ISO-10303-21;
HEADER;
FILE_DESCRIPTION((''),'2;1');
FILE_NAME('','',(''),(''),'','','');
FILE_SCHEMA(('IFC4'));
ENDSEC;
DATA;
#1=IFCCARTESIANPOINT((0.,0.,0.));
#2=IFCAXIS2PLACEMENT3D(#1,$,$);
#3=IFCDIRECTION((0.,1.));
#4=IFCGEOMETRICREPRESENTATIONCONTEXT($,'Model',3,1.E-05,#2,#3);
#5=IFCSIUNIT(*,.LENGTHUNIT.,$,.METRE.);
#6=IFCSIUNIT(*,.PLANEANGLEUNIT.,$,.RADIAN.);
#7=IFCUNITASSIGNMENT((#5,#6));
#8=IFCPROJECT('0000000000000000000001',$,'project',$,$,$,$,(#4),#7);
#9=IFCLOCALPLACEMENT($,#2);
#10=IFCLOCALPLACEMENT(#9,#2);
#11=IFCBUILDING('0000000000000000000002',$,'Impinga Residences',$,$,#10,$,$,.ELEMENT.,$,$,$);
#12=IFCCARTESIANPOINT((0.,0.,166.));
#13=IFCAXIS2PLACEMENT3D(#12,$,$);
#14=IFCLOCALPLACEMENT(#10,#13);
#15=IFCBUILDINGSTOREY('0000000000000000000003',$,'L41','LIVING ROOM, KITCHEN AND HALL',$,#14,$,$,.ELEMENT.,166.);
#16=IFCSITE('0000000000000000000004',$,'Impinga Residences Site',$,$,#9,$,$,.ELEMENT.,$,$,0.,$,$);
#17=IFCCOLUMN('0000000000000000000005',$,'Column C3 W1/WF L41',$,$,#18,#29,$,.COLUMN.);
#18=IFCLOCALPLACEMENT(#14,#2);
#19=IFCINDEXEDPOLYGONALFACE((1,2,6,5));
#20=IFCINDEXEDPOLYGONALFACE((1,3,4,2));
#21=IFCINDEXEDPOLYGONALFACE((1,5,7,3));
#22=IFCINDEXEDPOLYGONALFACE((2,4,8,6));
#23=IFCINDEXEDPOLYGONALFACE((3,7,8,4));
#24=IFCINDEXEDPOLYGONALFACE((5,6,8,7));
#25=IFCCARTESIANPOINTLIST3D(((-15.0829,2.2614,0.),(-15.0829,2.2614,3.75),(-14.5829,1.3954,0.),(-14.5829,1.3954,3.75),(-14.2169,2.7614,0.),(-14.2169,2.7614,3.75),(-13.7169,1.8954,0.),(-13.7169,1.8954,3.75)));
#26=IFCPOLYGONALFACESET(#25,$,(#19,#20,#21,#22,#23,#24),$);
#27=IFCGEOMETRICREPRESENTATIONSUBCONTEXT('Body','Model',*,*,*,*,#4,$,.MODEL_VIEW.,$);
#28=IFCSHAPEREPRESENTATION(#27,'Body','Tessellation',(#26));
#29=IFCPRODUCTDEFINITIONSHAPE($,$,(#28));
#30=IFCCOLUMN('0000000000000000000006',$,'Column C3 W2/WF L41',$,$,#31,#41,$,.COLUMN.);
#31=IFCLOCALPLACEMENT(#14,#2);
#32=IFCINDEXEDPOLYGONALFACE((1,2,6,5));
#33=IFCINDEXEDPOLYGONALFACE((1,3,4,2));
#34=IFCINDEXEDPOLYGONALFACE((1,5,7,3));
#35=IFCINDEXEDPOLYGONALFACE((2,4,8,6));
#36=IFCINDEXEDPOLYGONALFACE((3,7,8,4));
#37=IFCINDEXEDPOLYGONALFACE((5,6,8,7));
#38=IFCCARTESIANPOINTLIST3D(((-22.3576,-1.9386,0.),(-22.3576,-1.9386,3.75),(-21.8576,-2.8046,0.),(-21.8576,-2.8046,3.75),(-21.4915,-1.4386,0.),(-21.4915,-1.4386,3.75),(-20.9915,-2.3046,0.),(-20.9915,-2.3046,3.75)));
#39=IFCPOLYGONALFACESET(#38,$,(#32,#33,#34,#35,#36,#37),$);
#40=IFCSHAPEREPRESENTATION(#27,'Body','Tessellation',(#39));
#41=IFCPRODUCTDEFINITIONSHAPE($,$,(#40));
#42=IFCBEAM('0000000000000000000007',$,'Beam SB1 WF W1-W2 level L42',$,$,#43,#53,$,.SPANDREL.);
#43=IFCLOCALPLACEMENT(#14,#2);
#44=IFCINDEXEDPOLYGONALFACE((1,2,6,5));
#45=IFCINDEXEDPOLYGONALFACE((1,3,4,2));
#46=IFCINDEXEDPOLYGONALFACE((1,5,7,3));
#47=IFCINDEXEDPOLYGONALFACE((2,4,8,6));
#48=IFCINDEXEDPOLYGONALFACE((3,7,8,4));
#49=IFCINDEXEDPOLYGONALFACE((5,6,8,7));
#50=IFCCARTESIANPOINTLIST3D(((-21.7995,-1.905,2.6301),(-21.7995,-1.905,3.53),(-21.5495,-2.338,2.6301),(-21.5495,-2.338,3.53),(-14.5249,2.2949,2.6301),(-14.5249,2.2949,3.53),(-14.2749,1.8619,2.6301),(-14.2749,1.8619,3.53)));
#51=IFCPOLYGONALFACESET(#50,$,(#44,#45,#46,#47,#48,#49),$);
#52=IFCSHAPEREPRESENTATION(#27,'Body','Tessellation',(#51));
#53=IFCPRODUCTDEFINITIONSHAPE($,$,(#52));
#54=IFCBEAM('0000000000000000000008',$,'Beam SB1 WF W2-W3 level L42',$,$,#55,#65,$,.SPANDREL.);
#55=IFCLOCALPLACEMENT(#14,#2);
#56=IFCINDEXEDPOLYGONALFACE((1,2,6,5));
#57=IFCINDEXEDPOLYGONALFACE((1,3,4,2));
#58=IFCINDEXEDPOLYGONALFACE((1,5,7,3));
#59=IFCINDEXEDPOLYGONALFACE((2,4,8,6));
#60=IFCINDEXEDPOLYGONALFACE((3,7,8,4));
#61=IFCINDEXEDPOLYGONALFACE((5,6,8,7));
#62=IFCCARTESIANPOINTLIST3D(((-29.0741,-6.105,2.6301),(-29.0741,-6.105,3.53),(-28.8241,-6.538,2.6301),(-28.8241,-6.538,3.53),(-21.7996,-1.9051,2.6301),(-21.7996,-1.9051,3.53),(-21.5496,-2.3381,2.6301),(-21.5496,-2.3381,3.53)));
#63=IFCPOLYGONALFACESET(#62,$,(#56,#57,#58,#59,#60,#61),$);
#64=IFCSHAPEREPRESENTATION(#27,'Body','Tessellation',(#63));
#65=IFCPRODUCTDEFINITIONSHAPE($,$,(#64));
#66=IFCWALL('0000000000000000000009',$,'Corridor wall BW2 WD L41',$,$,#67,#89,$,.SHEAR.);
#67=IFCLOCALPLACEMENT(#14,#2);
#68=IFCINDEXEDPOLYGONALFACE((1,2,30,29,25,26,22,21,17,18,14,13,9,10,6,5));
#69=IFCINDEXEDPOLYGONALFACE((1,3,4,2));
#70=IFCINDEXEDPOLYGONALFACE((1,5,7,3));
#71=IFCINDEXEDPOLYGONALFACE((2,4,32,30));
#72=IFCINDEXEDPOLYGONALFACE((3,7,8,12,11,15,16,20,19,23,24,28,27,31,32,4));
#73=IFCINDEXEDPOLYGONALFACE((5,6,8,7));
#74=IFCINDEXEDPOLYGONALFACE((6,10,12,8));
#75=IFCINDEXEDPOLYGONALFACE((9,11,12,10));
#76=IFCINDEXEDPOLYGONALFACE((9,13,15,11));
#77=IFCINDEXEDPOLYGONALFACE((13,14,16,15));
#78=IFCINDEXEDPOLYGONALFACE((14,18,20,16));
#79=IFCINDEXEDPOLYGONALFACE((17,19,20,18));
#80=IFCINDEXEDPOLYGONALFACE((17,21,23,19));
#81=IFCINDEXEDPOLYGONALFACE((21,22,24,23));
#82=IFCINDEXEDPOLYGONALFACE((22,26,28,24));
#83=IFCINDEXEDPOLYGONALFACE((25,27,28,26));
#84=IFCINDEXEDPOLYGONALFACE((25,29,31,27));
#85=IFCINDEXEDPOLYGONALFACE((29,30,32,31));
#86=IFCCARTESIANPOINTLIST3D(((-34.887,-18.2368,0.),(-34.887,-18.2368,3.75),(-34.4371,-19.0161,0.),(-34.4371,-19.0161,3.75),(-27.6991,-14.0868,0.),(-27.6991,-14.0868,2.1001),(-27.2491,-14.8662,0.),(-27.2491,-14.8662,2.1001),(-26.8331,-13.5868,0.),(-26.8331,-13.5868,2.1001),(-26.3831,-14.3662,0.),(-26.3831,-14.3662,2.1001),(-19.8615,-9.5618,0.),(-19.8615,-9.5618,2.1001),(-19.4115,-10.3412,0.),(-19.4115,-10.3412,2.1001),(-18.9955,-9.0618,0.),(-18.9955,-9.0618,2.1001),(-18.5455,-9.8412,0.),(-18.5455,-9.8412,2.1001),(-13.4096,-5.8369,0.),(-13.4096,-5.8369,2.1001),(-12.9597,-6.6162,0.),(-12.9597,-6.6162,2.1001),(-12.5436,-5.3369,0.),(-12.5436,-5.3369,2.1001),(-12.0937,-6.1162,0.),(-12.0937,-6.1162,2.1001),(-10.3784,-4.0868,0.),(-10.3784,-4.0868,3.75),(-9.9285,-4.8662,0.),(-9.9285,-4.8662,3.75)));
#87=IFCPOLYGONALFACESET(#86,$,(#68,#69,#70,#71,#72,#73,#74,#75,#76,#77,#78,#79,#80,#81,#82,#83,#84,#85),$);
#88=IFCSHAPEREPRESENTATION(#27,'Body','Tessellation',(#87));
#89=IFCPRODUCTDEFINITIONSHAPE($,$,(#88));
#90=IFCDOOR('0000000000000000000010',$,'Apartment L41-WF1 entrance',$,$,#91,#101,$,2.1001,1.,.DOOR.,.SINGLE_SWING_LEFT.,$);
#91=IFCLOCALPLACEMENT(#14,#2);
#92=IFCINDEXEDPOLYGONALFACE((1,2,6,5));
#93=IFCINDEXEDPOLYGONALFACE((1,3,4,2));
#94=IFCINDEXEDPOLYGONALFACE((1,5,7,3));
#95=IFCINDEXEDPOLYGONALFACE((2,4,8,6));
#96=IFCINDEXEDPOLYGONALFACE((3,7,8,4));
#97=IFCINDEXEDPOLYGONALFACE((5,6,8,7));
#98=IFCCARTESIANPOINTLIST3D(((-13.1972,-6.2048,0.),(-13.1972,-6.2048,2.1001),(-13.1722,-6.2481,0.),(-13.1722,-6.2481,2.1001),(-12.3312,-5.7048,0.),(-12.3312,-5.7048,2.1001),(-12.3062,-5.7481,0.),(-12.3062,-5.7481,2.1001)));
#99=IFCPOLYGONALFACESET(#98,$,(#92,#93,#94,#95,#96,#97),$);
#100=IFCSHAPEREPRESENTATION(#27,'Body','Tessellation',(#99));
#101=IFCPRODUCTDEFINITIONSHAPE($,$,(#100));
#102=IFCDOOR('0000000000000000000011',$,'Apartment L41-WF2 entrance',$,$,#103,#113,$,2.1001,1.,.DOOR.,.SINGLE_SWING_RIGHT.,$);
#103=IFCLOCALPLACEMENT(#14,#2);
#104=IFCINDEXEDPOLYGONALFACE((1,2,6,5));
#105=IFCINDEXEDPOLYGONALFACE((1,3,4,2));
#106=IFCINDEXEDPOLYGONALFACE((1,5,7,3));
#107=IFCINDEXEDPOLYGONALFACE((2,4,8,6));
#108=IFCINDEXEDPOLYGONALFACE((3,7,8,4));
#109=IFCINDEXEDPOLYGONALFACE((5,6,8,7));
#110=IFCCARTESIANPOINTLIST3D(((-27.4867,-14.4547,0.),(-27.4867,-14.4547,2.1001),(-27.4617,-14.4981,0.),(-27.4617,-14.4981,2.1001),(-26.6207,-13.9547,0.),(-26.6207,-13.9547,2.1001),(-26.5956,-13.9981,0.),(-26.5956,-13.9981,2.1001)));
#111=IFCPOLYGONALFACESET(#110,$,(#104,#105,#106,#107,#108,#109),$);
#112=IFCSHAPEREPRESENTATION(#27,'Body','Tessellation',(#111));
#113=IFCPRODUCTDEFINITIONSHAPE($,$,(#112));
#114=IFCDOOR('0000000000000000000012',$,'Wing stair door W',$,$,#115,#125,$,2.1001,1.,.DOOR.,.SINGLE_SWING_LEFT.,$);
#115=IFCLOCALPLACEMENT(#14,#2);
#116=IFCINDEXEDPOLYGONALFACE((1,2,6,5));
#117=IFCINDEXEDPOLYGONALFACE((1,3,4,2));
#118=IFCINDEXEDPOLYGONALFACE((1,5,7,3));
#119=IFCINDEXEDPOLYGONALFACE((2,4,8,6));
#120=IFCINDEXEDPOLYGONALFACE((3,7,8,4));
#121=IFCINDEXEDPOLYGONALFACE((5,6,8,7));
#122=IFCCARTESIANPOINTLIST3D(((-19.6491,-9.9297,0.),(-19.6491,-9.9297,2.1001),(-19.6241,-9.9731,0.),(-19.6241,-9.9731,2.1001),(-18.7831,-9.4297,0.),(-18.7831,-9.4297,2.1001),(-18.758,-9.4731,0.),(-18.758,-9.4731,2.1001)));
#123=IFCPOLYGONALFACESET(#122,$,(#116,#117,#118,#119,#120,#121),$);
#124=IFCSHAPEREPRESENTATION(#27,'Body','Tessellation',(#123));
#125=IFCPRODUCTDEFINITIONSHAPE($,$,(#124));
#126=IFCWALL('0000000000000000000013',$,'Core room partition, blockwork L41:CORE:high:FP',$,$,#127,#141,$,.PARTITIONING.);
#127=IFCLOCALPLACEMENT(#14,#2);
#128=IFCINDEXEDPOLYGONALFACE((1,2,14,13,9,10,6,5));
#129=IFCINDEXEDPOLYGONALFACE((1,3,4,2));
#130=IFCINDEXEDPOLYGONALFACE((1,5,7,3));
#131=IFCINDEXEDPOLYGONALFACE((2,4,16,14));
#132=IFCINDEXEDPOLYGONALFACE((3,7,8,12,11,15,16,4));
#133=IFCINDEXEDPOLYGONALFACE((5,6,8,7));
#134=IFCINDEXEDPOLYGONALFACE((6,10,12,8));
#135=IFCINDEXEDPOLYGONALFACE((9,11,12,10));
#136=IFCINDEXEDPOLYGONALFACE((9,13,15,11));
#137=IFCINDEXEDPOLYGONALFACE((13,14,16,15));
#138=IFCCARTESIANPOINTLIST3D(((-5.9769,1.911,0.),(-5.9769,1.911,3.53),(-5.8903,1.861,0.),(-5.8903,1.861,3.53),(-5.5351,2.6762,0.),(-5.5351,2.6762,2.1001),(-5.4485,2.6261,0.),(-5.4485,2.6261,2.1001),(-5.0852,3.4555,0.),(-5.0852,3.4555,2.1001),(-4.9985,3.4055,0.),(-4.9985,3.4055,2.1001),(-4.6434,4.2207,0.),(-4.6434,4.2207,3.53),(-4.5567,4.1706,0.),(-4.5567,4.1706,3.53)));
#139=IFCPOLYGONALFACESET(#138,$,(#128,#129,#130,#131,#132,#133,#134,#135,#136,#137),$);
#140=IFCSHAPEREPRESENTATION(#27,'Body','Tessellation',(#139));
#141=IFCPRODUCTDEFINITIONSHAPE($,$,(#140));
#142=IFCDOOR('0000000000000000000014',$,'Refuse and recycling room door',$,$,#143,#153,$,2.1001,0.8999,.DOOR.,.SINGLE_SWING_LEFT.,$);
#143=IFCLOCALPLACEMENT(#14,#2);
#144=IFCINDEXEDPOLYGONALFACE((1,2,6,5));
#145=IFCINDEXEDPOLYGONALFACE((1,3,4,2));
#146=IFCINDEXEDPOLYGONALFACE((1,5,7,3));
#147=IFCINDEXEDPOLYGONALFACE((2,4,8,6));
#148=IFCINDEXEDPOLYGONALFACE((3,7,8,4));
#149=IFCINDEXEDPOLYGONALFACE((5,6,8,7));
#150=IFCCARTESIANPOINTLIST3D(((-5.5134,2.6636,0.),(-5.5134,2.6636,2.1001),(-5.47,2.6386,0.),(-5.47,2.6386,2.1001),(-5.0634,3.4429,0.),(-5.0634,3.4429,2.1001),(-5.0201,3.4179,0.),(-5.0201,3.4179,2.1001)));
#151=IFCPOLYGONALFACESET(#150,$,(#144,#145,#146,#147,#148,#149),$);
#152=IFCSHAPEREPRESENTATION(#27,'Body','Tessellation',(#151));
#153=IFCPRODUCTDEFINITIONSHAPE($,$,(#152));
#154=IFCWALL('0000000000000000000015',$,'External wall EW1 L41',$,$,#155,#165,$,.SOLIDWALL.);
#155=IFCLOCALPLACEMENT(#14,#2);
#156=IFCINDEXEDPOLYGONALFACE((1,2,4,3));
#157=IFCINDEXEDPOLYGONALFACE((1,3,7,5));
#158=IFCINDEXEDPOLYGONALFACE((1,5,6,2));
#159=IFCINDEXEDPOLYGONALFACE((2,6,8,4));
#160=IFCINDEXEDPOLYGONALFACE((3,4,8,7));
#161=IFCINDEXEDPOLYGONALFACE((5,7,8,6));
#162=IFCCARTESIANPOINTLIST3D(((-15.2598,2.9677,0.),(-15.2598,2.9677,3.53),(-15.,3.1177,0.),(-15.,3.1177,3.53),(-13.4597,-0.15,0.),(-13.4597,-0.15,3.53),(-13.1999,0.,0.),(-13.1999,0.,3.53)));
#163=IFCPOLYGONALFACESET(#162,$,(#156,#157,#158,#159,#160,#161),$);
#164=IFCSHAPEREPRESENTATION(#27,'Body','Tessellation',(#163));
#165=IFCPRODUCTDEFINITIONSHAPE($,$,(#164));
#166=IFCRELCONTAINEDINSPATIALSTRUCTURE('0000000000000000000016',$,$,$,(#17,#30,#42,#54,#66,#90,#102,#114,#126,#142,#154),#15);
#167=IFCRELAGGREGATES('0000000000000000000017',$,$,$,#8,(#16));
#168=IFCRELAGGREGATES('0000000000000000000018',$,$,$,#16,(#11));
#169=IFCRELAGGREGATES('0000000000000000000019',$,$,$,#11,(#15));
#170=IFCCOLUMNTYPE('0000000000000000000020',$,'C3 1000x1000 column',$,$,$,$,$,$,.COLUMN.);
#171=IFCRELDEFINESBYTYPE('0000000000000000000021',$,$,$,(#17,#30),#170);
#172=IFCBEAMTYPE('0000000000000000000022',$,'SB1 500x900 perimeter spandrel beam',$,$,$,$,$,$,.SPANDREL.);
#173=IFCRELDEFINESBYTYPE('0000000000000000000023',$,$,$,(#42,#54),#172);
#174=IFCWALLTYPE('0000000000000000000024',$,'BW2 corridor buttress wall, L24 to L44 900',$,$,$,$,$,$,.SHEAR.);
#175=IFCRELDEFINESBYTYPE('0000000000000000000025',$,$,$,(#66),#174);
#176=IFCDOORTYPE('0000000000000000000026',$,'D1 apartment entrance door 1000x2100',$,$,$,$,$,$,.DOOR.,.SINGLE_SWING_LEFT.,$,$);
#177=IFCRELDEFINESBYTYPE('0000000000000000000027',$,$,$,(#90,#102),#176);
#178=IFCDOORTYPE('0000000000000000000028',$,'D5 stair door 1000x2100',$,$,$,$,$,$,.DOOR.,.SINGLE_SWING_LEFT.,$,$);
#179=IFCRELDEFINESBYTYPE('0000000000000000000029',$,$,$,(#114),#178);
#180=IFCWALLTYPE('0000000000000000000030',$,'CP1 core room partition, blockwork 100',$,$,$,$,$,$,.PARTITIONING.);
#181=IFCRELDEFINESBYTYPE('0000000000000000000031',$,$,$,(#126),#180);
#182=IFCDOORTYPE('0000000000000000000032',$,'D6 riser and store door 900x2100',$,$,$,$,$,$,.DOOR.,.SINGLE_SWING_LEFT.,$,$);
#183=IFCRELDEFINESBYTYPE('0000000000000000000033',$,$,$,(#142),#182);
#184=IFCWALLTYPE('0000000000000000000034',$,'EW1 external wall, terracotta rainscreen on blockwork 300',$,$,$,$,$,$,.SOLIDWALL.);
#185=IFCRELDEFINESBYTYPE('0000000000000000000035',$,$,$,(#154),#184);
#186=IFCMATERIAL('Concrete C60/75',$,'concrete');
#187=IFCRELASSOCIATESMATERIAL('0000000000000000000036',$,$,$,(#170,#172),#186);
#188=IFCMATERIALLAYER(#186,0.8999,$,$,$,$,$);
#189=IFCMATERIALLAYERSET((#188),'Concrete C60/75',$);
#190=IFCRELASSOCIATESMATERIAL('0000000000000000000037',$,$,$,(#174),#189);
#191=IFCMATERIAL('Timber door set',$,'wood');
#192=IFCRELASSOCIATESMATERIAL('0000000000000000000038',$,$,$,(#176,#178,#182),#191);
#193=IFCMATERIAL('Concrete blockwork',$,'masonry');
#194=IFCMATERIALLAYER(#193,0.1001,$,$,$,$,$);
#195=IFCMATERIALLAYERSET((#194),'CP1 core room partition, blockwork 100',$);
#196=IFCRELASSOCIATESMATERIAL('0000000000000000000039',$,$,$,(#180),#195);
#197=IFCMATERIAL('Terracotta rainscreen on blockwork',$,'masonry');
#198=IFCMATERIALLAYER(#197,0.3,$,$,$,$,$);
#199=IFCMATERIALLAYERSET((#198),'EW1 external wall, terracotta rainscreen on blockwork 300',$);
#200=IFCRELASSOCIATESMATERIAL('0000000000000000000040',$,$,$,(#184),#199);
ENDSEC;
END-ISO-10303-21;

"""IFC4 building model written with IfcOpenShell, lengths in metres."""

from ifc_helpers import new_model, si_unit, direction, frame, frame_2d, origin, origin_2d, place, context, subcontext, project, spatial, rectangle, extrude, material, layer, layer_set, material_profile, profile_set, type_object, element, fill, save


model = new_model("IFC4")

# Units and contexts
model_context = context("Model", 3, precision=1e-05, world=origin(), true_north=direction((0.0, 1.0)))
body_context = subcontext(model_context, "Body", "Model", "MODEL_VIEW")
ifc_project = project(units=[si_unit("LENGTHUNIT", "METRE"), si_unit("PLANEANGLEUNIT", "RADIAN")], contexts=[model_context])

# Site, building, storey
site_placement = place(None, origin())
site = spatial("IfcSite", under=ifc_project, at=site_placement, Name="Impinga Residences Site", CompositionType="ELEMENT", RefElevation=0.0)
building_placement = place(site_placement, origin())
building = spatial("IfcBuilding", under=site, at=building_placement, Name="Impinga Residences", CompositionType="ELEMENT")
storey_placement = place(building_placement, frame((0.0, 0.0, 166.0)))
storey = spatial("IfcBuildingStorey", under=building, at=storey_placement, Name="L41", Description="LIVING ROOM, KITCHEN AND HALL", CompositionType="ELEMENT", Elevation=166.0)

# Columns
ifc_material_1 = material(Name="Concrete C60/75", Category="concrete")
ifc_material_profile_1 = material_profile(ifc_material_1, rectangle(XDim=1.0, YDim=1.0, at=origin_2d()), Name="RC 1000x1000")
ifc_profile_set_1 = profile_set([ifc_material_profile_1], Name="Concrete C60/75")
column_type = type_object("IfcColumnType", Name="C3 1000x1000 column", PredefinedType="COLUMN", material=ifc_profile_set_1)
for number, where, z_axis, x_axis, name in (
    (1, (-14.3999, 2.0784, 0.0), (0.0, 0.0, 1.0), (-0.5, 0.866025, 0.0), "Column C3 W1/WF L41"),
    (2, (-21.6746, -2.1216, 0.0), (0.0, 0.0, 1.0), (-0.5, 0.866025, 0.0), "Column C3 W2/WF L41"),
):
    element("IfcColumn", number, at=place(storey_placement, frame(where, z_axis=z_axis, x_axis=x_axis)), inside=storey, type_object=column_type, Name=name, PredefinedType="COLUMN", context=body_context, shape_type="SweptSolid", body=[
        extrude(rectangle(XDim=1.0, YDim=1.0, at=origin_2d()), origin(), (0.0, 0.0, 1.0), 3.75),
    ])

# Beams
ifc_material_profile_2 = material_profile(ifc_material_1, rectangle(XDim=0.5, YDim=0.8999, at=origin_2d()), Name="RC 500x900")
ifc_profile_set_2 = profile_set([ifc_material_profile_2], Name="Concrete C60/75")
beam_type = type_object("IfcBeamType", Name="SB1 500x900 perimeter spandrel beam", PredefinedType="SPANDREL", material=ifc_profile_set_2)
for number, where, z_axis, x_axis, name in (
    (3, (-14.3999, 2.0784, 3.0801), (-0.866029, -0.499993, 0.0), (0.499993, -0.866029, 0.0), "Beam SB1 WF W1-W2 level L42"),
    (4, (-21.6746, -2.1216, 3.0801), (-0.866029, -0.499993, 0.0), (0.499993, -0.866029, 0.0), "Beam SB1 WF W2-W3 level L42"),
):
    element("IfcBeam", number, at=place(storey_placement, frame(where, z_axis=z_axis, x_axis=x_axis)), inside=storey, type_object=beam_type, Name=name, PredefinedType="SPANDREL", context=body_context, shape_type="SweptSolid", body=[
        extrude(rectangle(XDim=0.5, YDim=0.8999, at=origin_2d()), origin(), (0.0, 0.0, 1.0), 8.3999),
    ])

# Wall, openings, doors
ifc_layer_1 = layer(ifc_material_1, 0.8999)
ifc_layer_set_1 = layer_set([ifc_layer_1], Name="Concrete C60/75")
wall_type_1 = type_object("IfcWallType", Name="BW2 corridor buttress wall, L24 to L44 900", PredefinedType="SHEAR", material=ifc_layer_set_1)
wall_1_placement = place(storey_placement, frame((-10.1536, -4.4766, 0.0), z_axis=(0.0, 0.0, 1.0), x_axis=(-0.866027, -0.499997, 0.0)))
wall_1 = element("IfcWall", 5, at=wall_1_placement, inside=storey, type_object=wall_type_1, Name="Corridor wall BW2 WD L41", PredefinedType="SHEAR", context=body_context, shape_type="SweptSolid", body=[
    extrude(rectangle(XDim=28.3, YDim=0.8999, at=frame_2d((14.1499, 0.0))), origin(), (0.0, 0.0, 1.0), 3.75),
])
opening_1_placement = place(wall_1_placement, frame((9.95, 0.0, 0.0)))
opening_1 = element("IfcOpeningElement", 6, at=opening_1_placement, cuts=wall_1, PredefinedType="OPENING", context=body_context, shape_type="SweptSolid", body=[
    extrude(rectangle(XDim=1.0, YDim=2.1001, at=frame_2d((0.5, 1.05))), frame((0.0, 0.46, 0.0), z_axis=(0.0, -1.0, 0.0), x_axis=(1.0, 0.0, 0.0)), (0.0, 0.0, 1.0), 0.9199),
])
opening_2_placement = place(wall_1_placement, frame((2.5, 0.0, 0.0)))
opening_2 = element("IfcOpeningElement", 7, at=opening_2_placement, cuts=wall_1, PredefinedType="OPENING", context=body_context, shape_type="SweptSolid", body=[
    extrude(rectangle(XDim=1.0, YDim=2.1001, at=frame_2d((0.5, 1.05))), frame((0.0, 0.46, 0.0), z_axis=(0.0, -1.0, 0.0), x_axis=(1.0, 0.0, 0.0)), (0.0, 0.0, 1.0), 0.9199),
])
opening_3_placement = place(wall_1_placement, frame((19.0, 0.0, 0.0)))
opening_3 = element("IfcOpeningElement", 8, at=opening_3_placement, cuts=wall_1, PredefinedType="OPENING", context=body_context, shape_type="SweptSolid", body=[
    extrude(rectangle(XDim=1.0, YDim=2.1001, at=frame_2d((0.5, 1.05))), frame((0.0, 0.46, 0.0), z_axis=(0.0, -1.0, 0.0), x_axis=(1.0, 0.0, 0.0)), (0.0, 0.0, 1.0), 0.9199),
])
ifc_material_2 = material(Name="Timber door set", Category="wood")
door_type_1 = type_object("IfcDoorType", Name="D1 apartment entrance door 1000x2100", OperationType="SINGLE_SWING_LEFT", PredefinedType="DOOR", material=ifc_material_2)
door_1_placement = place(opening_2_placement, origin())
door_1 = element("IfcDoor", 9, at=door_1_placement, inside=storey, type_object=door_type_1, Name="Apartment L41-WF1 entrance", OperationType="SINGLE_SWING_LEFT", OverallHeight=2.1001, OverallWidth=1.0, PredefinedType="DOOR", context=body_context, shape_type="SweptSolid", body=[
    extrude(rectangle(XDim=1.0, YDim=2.1001, at=frame_2d((0.5, 1.05))), frame((0.0, 0.0249, 0.0), z_axis=(0.0, -1.0, 0.0), x_axis=(1.0, 0.0, 0.0)), (0.0, 0.0, 1.0), 0.05),
])
fill(opening_2, door_1)
door_2_placement = place(opening_3_placement, origin())
door_2 = element("IfcDoor", 10, at=door_2_placement, inside=storey, type_object=door_type_1, Name="Apartment L41-WF2 entrance", OperationType="SINGLE_SWING_RIGHT", OverallHeight=2.1001, OverallWidth=1.0, PredefinedType="DOOR", context=body_context, shape_type="SweptSolid", body=[
    extrude(rectangle(XDim=1.0, YDim=2.1001, at=frame_2d((0.5, 1.05))), frame((0.0, 0.0249, 0.0), z_axis=(0.0, -1.0, 0.0), x_axis=(1.0, 0.0, 0.0)), (0.0, 0.0, 1.0), 0.05),
])
fill(opening_3, door_2)
door_type_2 = type_object("IfcDoorType", Name="D5 stair door 1000x2100", OperationType="SINGLE_SWING_LEFT", PredefinedType="DOOR", material=ifc_material_2)
door_3_placement = place(opening_1_placement, origin())
door_3 = element("IfcDoor", 11, at=door_3_placement, inside=storey, type_object=door_type_2, Name="Wing stair door W", OperationType="SINGLE_SWING_LEFT", OverallHeight=2.1001, OverallWidth=1.0, PredefinedType="DOOR", context=body_context, shape_type="SweptSolid", body=[
    extrude(rectangle(XDim=1.0, YDim=2.1001, at=frame_2d((0.5, 1.05))), frame((0.0, 0.0249, 0.0), z_axis=(0.0, -1.0, 0.0), x_axis=(1.0, 0.0, 0.0)), (0.0, 0.0, 1.0), 0.05),
])
fill(opening_1, door_3)

# Wall, opening, door
ifc_material_3 = material(Name="Concrete blockwork", Category="masonry")
ifc_layer_2 = layer(ifc_material_3, 0.1001)
ifc_layer_set_2 = layer_set([ifc_layer_2], Name="CP1 core room partition, blockwork 100")
wall_type_2 = type_object("IfcWallType", Name="CP1 core room partition, blockwork 100", PredefinedType="PARTITIONING", material=ifc_layer_set_2)
wall_2_placement = place(storey_placement, frame((-5.9336, 1.886, 0.0), z_axis=(0.0, 0.0, 1.0), x_axis=(0.500018, 0.866015, 0.0)))
wall_2 = element("IfcWall", 12, at=wall_2_placement, inside=storey, type_object=wall_type_2, Name="Core room partition, blockwork L41:CORE:high:FP", PredefinedType="PARTITIONING", context=body_context, shape_type="SweptSolid", body=[
    extrude(rectangle(XDim=2.667, YDim=0.1001, at=frame_2d((1.3335, 0.0))), origin(), (0.0, 0.0, 1.0), 3.53),
])
opening_4_placement = place(wall_2_placement, frame((0.8835, 0.0, 0.0)))
opening_4 = element("IfcOpeningElement", 13, at=opening_4_placement, cuts=wall_2, PredefinedType="OPENING", context=body_context, shape_type="SweptSolid", body=[
    extrude(rectangle(XDim=0.8999, YDim=2.1001, at=frame_2d((0.45, 1.05))), frame((0.0, 0.0601, 0.0), z_axis=(0.0, -1.0, 0.0), x_axis=(1.0, 0.0, 0.0)), (0.0, 0.0, 1.0), 0.1201),
])
door_type_3 = type_object("IfcDoorType", Name="D6 riser and store door 900x2100", OperationType="SINGLE_SWING_LEFT", PredefinedType="DOOR", material=ifc_material_2)
door_4_placement = place(opening_4_placement, origin())
door_4 = element("IfcDoor", 14, at=door_4_placement, inside=storey, type_object=door_type_3, Name="Refuse and recycling room door", OperationType="SINGLE_SWING_LEFT", OverallHeight=2.1001, OverallWidth=0.8999, PredefinedType="DOOR", context=body_context, shape_type="SweptSolid", body=[
    extrude(rectangle(XDim=0.8999, YDim=2.1001, at=frame_2d((0.45, 1.05))), frame((0.0, 0.0249, 0.0), z_axis=(0.0, -1.0, 0.0), x_axis=(1.0, 0.0, 0.0)), (0.0, 0.0, 1.0), 0.05),
])
fill(opening_4, door_4)

# Wall
ifc_material_4 = material(Name="Terracotta rainscreen on blockwork", Category="masonry")
ifc_layer_3 = layer(ifc_material_4, 0.3)
ifc_layer_set_3 = layer_set([ifc_layer_3], Name="EW1 external wall, terracotta rainscreen on blockwork 300")
wall_type_3 = type_object("IfcWallType", Name="EW1 external wall, terracotta rainscreen on blockwork 300", PredefinedType="SOLIDWALL", material=ifc_layer_set_3)
wall_3_placement = place(storey_placement, frame((-15.1299, 3.0427, 0.0), z_axis=(0.0, 0.0, 1.0), x_axis=(0.500012, -0.866018, 0.0)))
element("IfcWall", 15, at=wall_3_placement, inside=storey, type_object=wall_type_3, Name="External wall EW1 L41", PredefinedType="SOLIDWALL", context=body_context, shape_type="SweptSolid", body=[
    extrude(rectangle(XDim=3.6001, YDim=0.3, at=frame_2d((1.8, 0.0))), origin(), (0.0, 0.0, 1.0), 3.53),
])

save(model, "model.ifc")
